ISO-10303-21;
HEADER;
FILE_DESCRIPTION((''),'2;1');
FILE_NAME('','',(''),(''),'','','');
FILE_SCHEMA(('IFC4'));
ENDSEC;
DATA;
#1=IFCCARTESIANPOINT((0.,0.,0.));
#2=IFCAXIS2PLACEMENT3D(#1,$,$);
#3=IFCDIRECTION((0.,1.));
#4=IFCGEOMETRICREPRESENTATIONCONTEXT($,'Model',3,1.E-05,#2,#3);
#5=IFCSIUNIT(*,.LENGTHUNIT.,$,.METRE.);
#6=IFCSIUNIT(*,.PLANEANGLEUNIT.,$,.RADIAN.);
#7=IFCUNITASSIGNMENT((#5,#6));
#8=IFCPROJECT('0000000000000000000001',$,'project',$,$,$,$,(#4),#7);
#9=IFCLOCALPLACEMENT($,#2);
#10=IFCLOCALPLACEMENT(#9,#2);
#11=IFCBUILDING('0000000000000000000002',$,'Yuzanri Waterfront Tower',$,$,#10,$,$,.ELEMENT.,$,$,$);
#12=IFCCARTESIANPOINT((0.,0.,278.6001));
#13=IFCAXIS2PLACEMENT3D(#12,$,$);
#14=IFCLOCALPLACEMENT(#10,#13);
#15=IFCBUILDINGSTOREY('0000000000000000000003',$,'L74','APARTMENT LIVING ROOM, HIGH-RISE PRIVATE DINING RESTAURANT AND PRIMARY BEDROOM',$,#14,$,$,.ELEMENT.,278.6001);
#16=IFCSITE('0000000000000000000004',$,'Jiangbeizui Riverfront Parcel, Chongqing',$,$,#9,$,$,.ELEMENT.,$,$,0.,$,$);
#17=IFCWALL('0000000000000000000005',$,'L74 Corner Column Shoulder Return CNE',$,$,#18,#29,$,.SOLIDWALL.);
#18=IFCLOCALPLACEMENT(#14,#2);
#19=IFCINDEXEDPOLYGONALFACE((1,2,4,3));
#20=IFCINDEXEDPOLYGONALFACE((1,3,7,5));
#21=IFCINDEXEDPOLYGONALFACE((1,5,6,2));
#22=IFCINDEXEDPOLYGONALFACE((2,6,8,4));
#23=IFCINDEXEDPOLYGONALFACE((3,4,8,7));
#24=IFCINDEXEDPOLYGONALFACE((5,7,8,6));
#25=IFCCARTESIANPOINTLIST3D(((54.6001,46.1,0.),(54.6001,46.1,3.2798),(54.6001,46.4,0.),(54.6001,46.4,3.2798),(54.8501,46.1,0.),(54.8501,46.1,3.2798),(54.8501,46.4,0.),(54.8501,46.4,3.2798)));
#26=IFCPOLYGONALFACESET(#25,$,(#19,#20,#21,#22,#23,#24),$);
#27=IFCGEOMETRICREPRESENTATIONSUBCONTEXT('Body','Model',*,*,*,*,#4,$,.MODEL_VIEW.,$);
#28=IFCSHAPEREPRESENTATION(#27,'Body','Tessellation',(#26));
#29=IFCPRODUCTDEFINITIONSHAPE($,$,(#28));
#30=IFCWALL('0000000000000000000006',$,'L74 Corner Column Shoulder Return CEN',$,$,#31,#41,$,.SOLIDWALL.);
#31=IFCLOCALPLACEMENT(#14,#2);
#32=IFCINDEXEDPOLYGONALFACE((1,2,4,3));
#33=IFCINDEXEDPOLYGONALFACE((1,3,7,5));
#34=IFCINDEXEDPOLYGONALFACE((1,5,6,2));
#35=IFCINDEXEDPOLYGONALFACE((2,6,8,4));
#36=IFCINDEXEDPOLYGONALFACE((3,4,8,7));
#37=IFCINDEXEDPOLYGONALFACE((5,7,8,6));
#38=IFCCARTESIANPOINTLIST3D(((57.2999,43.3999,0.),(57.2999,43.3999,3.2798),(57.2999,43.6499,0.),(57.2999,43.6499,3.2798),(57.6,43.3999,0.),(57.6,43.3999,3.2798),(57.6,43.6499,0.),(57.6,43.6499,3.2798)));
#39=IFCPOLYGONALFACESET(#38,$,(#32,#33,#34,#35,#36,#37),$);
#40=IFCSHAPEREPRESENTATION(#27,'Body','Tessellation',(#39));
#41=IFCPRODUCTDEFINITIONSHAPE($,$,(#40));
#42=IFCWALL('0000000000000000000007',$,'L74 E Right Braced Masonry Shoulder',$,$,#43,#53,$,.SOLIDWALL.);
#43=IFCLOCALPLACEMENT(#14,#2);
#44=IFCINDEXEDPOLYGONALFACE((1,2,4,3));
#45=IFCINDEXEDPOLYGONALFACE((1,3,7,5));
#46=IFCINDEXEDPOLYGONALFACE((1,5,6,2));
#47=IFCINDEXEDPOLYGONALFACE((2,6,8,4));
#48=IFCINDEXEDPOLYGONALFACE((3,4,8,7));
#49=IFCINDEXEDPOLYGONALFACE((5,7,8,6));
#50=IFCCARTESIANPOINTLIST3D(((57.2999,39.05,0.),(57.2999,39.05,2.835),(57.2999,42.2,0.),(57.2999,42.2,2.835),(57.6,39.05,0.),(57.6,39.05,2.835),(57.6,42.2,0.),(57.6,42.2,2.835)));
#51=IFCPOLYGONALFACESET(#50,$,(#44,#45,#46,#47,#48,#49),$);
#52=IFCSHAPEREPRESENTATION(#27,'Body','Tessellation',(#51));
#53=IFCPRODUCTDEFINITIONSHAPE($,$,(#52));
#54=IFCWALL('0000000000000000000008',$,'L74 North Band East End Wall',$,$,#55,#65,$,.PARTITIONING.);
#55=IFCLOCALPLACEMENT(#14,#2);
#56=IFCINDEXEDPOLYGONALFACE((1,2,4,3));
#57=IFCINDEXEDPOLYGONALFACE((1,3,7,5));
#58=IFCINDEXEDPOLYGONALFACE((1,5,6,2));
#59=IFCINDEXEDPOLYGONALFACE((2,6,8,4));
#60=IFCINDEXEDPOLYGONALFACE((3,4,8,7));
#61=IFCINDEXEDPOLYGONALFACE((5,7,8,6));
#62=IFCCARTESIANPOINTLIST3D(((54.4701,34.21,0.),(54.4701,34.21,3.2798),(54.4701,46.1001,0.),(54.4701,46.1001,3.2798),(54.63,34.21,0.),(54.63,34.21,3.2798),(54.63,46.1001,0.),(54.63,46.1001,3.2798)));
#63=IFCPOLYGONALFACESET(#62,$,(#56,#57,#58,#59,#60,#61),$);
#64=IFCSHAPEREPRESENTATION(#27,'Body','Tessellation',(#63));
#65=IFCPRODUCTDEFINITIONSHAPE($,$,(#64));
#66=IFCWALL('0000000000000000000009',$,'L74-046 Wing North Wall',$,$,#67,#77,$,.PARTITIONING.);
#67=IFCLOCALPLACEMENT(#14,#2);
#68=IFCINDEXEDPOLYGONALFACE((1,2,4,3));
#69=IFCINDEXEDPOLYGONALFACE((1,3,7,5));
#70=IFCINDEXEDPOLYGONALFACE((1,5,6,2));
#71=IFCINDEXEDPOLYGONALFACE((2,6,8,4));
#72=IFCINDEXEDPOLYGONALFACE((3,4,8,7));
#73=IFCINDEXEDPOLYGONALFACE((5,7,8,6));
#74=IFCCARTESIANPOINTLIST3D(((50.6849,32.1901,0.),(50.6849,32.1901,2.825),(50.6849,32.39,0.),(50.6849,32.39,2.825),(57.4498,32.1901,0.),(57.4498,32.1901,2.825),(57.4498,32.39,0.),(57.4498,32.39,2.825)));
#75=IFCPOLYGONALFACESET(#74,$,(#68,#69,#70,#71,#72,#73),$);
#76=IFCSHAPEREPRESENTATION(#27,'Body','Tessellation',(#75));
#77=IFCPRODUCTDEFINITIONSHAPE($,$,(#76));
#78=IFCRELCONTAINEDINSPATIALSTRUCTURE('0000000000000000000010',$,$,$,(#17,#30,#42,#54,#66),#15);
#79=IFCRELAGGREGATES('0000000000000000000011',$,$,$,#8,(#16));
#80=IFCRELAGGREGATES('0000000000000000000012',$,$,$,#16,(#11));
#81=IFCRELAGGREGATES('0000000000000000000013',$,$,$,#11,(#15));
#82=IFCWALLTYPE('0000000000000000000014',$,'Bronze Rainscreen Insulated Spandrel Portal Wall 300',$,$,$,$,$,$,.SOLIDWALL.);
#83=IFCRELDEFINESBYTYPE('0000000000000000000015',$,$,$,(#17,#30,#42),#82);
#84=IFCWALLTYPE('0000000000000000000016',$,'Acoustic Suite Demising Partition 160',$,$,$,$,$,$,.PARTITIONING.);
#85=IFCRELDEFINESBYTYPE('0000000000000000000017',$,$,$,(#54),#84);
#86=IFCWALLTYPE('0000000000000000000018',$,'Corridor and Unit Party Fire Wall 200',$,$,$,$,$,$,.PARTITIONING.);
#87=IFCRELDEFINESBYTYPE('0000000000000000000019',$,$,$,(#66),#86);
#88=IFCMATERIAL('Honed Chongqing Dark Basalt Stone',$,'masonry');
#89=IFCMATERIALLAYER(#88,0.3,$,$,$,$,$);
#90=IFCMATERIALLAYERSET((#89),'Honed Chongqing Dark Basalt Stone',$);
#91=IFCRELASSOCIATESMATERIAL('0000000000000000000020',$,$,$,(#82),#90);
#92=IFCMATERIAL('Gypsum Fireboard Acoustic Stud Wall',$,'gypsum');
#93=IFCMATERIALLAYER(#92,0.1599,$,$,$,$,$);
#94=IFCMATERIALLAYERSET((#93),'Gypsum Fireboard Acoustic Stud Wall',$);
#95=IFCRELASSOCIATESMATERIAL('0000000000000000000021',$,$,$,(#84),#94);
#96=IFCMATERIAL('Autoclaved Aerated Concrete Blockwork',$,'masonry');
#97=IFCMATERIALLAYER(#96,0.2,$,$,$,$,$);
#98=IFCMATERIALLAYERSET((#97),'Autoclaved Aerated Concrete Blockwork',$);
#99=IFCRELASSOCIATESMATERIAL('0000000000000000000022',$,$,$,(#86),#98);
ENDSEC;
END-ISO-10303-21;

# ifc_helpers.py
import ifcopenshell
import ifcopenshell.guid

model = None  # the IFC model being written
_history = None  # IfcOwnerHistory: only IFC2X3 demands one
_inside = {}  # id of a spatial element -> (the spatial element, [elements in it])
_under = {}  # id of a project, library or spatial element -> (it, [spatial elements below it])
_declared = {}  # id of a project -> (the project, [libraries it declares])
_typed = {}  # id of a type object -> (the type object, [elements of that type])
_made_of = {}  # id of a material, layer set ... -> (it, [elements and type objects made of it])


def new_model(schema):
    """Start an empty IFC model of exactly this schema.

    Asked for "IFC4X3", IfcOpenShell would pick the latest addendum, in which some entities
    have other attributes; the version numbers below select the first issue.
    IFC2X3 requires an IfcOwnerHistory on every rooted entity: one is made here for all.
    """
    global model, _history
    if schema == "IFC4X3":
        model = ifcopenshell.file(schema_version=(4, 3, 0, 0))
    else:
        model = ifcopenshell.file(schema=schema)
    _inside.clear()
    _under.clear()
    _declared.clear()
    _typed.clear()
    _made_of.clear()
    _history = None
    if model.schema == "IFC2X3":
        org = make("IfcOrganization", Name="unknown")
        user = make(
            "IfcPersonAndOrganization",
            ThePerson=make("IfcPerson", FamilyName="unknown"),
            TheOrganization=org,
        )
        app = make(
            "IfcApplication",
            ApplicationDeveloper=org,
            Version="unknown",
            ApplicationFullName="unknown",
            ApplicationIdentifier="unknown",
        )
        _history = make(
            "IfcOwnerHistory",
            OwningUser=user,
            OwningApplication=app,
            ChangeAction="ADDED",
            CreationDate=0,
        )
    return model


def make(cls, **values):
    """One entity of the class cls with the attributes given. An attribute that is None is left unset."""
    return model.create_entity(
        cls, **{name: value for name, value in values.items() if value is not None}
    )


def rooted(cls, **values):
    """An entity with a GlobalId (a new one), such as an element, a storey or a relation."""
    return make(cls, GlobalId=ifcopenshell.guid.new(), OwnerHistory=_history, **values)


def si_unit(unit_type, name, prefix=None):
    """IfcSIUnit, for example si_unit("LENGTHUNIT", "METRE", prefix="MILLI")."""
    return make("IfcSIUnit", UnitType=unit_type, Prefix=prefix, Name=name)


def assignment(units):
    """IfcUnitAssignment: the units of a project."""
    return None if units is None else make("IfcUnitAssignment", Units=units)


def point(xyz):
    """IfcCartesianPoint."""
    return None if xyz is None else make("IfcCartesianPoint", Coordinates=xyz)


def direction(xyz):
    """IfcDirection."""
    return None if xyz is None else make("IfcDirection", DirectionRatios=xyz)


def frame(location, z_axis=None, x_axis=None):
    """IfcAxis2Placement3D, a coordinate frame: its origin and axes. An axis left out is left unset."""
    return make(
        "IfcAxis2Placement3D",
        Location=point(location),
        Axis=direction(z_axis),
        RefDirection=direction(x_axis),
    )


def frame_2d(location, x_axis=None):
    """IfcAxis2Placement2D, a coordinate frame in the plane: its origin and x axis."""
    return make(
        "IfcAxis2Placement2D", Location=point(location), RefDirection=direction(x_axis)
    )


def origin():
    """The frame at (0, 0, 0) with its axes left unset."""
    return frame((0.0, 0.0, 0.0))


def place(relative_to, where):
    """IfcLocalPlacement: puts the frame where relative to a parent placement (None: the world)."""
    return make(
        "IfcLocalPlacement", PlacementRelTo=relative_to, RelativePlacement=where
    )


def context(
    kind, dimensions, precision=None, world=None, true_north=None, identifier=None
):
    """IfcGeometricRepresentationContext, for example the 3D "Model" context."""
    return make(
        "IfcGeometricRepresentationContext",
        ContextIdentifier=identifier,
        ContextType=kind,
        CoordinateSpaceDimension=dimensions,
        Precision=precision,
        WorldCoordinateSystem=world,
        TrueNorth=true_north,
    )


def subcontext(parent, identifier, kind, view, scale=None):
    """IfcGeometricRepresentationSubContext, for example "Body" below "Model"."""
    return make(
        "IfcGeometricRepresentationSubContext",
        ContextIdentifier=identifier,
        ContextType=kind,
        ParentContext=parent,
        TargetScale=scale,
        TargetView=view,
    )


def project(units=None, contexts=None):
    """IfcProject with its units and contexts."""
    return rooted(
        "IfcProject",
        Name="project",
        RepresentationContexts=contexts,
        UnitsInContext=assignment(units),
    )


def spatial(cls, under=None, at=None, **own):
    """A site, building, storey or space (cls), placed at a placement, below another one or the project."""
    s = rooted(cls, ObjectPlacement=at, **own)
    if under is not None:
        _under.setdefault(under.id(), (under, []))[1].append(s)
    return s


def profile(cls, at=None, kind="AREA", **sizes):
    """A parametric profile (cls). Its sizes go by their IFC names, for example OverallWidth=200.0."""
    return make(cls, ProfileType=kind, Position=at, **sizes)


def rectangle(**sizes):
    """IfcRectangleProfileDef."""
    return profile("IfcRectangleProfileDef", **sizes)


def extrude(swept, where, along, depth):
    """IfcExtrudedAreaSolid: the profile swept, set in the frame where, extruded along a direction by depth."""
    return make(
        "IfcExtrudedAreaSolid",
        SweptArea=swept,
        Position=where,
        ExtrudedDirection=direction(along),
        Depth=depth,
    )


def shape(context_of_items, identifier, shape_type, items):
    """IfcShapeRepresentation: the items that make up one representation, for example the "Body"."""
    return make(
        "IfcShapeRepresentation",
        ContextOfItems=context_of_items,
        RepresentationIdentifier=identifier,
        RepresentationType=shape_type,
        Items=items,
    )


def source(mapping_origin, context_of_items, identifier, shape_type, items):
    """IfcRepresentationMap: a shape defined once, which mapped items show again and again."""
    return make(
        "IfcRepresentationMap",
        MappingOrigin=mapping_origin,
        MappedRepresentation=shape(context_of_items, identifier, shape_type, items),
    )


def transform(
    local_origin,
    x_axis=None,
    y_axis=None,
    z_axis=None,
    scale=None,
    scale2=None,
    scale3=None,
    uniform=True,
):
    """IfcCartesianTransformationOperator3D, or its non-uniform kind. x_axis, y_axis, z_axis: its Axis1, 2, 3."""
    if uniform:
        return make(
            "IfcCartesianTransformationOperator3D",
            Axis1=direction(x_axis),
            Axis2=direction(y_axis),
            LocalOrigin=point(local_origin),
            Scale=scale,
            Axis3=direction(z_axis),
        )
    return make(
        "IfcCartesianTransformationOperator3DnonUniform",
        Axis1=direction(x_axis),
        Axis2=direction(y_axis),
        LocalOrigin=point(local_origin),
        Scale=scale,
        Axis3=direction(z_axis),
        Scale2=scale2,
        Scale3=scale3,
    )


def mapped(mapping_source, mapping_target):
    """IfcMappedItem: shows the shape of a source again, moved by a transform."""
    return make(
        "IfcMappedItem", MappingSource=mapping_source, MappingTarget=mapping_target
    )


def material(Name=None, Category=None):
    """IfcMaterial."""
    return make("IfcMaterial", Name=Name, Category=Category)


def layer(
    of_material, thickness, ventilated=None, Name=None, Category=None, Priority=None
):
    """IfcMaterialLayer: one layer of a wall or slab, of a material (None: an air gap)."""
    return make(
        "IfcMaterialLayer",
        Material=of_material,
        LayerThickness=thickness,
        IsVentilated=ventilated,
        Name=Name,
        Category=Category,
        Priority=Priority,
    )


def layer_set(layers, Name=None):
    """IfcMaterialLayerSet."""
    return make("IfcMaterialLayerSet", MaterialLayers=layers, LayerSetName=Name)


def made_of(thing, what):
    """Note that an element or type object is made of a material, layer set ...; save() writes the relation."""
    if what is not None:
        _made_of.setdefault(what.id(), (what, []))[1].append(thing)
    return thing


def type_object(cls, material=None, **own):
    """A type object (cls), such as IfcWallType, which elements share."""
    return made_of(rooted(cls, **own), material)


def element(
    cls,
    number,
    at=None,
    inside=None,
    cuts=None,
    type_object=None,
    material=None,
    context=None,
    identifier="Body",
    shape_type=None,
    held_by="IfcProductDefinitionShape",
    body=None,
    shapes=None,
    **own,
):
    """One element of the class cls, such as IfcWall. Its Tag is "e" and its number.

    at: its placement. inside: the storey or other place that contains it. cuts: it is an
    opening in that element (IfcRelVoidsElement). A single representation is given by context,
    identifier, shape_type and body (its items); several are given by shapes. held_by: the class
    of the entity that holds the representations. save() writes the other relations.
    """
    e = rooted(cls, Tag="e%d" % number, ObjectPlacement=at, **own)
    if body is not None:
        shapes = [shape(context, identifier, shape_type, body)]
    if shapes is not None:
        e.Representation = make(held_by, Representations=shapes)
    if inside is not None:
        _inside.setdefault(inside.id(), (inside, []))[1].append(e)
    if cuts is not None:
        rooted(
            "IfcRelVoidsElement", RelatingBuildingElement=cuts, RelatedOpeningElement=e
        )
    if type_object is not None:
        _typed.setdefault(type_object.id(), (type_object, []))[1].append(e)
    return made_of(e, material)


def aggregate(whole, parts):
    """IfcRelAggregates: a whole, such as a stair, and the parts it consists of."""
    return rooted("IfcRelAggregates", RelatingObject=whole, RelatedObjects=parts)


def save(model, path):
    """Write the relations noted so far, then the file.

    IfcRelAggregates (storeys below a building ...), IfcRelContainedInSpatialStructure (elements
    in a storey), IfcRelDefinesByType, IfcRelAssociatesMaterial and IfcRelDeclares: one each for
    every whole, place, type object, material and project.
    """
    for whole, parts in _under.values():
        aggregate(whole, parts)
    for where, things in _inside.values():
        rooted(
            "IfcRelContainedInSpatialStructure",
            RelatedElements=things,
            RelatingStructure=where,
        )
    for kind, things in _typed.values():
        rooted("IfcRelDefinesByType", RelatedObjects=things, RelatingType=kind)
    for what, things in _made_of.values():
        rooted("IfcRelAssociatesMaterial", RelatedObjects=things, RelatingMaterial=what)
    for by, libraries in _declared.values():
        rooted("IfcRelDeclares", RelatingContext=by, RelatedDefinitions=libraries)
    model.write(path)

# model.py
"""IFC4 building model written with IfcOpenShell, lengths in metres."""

from ifc_helpers import new_model, si_unit, direction, frame, frame_2d, origin, place, context, subcontext, project, spatial, rectangle, extrude, source, transform, mapped, material, layer, layer_set, type_object, element, save


model = new_model("IFC4")

# Units and contexts
model_context = context("Model", 3, precision=1e-05, world=origin(), true_north=direction((0.0, 1.0)))
body_context = subcontext(model_context, "Body", "Model", "MODEL_VIEW")
ifc_project = project(units=[si_unit("LENGTHUNIT", "METRE"), si_unit("PLANEANGLEUNIT", "RADIAN")], contexts=[model_context])

# Site, building, storey
site_placement = place(None, origin())
site = spatial("IfcSite", under=ifc_project, at=site_placement, Name="Jiangbeizui Riverfront Parcel, Chongqing", CompositionType="ELEMENT", RefElevation=0.0)
building_placement = place(site_placement, origin())
building = spatial("IfcBuilding", under=site, at=building_placement, Name="Yuzanri Waterfront Tower", CompositionType="ELEMENT")
storey_placement = place(building_placement, frame((0.0, 0.0, 278.6001)))
storey = spatial("IfcBuildingStorey", under=building, at=storey_placement, Name="L74", Description="APARTMENT LIVING ROOM, HIGH-RISE PRIVATE DINING RESTAURANT AND PRIMARY BEDROOM", CompositionType="ELEMENT", Elevation=278.6001)

# Shared definitions
ifc_material_1 = material(Name="Honed Chongqing Dark Basalt Stone", Category="masonry")
ifc_layer_1 = layer(ifc_material_1, 0.3)
ifc_layer_set_1 = layer_set([ifc_layer_1], Name="Honed Chongqing Dark Basalt Stone")
wall_type_1 = type_object("IfcWallType", Name="Bronze Rainscreen Insulated Spandrel Portal Wall 300", PredefinedType="SOLIDWALL", material=ifc_layer_set_1)

# Walls
shared_shape_1 = source(origin(), body_context, "Body", "SweptSolid", [
    extrude(rectangle(XDim=0.25, YDim=0.3, at=frame_2d((0.125, 0.0))), origin(), (0.0, 0.0, 1.0), 3.2798),
])
for number, where, z_axis, x_axis, name in (
    (1, (54.6001, 46.25, 0.0), (0.0, 0.0, 1.0), (1.0, 0.0, 0.0), "L74 Corner Column Shoulder Return CNE"),
    (2, (57.45, 43.3999, 0.0), (0.0, 0.0, 1.0), (0.0, 1.0, 0.0), "L74 Corner Column Shoulder Return CEN"),
):
    element("IfcWall", number, at=place(storey_placement, frame(where, z_axis=z_axis, x_axis=x_axis)), inside=storey, type_object=wall_type_1, Name=name, PredefinedType="SOLIDWALL", context=body_context, shape_type="MappedRepresentation", body=[
        mapped(shared_shape_1, transform((0.0, 0.0, 0.0), scale=1.0)),
    ])
shared_shape_2 = source(origin(), body_context, "Body", "SweptSolid", [
    extrude(rectangle(XDim=3.1499, YDim=0.3, at=frame_2d((1.575, 0.0))), origin(), (0.0, 0.0, 1.0), 2.835),
])
wall_1_placement = place(storey_placement, frame((57.45, 39.05, 0.0), z_axis=(0.0, 0.0, 1.0), x_axis=(0.0, 1.0, 0.0)))
element("IfcWall", 3, at=wall_1_placement, inside=storey, type_object=wall_type_1, Name="L74 E Right Braced Masonry Shoulder", PredefinedType="SOLIDWALL", context=body_context, shape_type="MappedRepresentation", body=[
    mapped(shared_shape_2, transform((0.0, 0.0, 0.0), scale=1.0)),
])
ifc_material_2 = material(Name="Gypsum Fireboard Acoustic Stud Wall", Category="gypsum")
ifc_layer_2 = layer(ifc_material_2, 0.1599)
ifc_layer_set_2 = layer_set([ifc_layer_2], Name="Gypsum Fireboard Acoustic Stud Wall")
wall_type_2 = type_object("IfcWallType", Name="Acoustic Suite Demising Partition 160", PredefinedType="PARTITIONING", material=ifc_layer_set_2)
shared_shape_3 = source(origin(), body_context, "Body", "SweptSolid", [
    extrude(rectangle(XDim=11.8901, YDim=0.1599, at=frame_2d((5.9451, 0.0))), origin(), (0.0, 0.0, 1.0), 3.2798),
])
wall_2_placement = place(storey_placement, frame((54.55, 34.21, 0.0), z_axis=(0.0, 0.0, 1.0), x_axis=(0.0, 1.0, 0.0)))
element("IfcWall", 4, at=wall_2_placement, inside=storey, type_object=wall_type_2, Name="L74 North Band East End Wall", PredefinedType="PARTITIONING", context=body_context, shape_type="MappedRepresentation", body=[
    mapped(shared_shape_3, transform((0.0, 0.0, 0.0), scale=1.0)),
])
ifc_material_3 = material(Name="Autoclaved Aerated Concrete Blockwork", Category="masonry")
ifc_layer_3 = layer(ifc_material_3, 0.2)
ifc_layer_set_3 = layer_set([ifc_layer_3], Name="Autoclaved Aerated Concrete Blockwork")
wall_type_3 = type_object("IfcWallType", Name="Corridor and Unit Party Fire Wall 200", PredefinedType="PARTITIONING", material=ifc_layer_set_3)
shared_shape_4 = source(origin(), body_context, "Body", "SweptSolid", [
    extrude(rectangle(XDim=6.7649, YDim=0.2, at=frame_2d((3.3823, 0.0))), origin(), (0.0, 0.0, 1.0), 2.825),
])
wall_3_placement = place(storey_placement, frame((50.6851, 32.29, 0.0), z_axis=(0.0, 0.0, 1.0), x_axis=(1.0, 0.0, 0.0)))
element("IfcWall", 5, at=wall_3_placement, inside=storey, type_object=wall_type_3, Name="L74-046 Wing North Wall", PredefinedType="PARTITIONING", context=body_context, shape_type="MappedRepresentation", body=[
    mapped(shared_shape_4, transform((0.0, 0.0, 0.0), scale=1.0)),
])

save(model, "model.ifc")
